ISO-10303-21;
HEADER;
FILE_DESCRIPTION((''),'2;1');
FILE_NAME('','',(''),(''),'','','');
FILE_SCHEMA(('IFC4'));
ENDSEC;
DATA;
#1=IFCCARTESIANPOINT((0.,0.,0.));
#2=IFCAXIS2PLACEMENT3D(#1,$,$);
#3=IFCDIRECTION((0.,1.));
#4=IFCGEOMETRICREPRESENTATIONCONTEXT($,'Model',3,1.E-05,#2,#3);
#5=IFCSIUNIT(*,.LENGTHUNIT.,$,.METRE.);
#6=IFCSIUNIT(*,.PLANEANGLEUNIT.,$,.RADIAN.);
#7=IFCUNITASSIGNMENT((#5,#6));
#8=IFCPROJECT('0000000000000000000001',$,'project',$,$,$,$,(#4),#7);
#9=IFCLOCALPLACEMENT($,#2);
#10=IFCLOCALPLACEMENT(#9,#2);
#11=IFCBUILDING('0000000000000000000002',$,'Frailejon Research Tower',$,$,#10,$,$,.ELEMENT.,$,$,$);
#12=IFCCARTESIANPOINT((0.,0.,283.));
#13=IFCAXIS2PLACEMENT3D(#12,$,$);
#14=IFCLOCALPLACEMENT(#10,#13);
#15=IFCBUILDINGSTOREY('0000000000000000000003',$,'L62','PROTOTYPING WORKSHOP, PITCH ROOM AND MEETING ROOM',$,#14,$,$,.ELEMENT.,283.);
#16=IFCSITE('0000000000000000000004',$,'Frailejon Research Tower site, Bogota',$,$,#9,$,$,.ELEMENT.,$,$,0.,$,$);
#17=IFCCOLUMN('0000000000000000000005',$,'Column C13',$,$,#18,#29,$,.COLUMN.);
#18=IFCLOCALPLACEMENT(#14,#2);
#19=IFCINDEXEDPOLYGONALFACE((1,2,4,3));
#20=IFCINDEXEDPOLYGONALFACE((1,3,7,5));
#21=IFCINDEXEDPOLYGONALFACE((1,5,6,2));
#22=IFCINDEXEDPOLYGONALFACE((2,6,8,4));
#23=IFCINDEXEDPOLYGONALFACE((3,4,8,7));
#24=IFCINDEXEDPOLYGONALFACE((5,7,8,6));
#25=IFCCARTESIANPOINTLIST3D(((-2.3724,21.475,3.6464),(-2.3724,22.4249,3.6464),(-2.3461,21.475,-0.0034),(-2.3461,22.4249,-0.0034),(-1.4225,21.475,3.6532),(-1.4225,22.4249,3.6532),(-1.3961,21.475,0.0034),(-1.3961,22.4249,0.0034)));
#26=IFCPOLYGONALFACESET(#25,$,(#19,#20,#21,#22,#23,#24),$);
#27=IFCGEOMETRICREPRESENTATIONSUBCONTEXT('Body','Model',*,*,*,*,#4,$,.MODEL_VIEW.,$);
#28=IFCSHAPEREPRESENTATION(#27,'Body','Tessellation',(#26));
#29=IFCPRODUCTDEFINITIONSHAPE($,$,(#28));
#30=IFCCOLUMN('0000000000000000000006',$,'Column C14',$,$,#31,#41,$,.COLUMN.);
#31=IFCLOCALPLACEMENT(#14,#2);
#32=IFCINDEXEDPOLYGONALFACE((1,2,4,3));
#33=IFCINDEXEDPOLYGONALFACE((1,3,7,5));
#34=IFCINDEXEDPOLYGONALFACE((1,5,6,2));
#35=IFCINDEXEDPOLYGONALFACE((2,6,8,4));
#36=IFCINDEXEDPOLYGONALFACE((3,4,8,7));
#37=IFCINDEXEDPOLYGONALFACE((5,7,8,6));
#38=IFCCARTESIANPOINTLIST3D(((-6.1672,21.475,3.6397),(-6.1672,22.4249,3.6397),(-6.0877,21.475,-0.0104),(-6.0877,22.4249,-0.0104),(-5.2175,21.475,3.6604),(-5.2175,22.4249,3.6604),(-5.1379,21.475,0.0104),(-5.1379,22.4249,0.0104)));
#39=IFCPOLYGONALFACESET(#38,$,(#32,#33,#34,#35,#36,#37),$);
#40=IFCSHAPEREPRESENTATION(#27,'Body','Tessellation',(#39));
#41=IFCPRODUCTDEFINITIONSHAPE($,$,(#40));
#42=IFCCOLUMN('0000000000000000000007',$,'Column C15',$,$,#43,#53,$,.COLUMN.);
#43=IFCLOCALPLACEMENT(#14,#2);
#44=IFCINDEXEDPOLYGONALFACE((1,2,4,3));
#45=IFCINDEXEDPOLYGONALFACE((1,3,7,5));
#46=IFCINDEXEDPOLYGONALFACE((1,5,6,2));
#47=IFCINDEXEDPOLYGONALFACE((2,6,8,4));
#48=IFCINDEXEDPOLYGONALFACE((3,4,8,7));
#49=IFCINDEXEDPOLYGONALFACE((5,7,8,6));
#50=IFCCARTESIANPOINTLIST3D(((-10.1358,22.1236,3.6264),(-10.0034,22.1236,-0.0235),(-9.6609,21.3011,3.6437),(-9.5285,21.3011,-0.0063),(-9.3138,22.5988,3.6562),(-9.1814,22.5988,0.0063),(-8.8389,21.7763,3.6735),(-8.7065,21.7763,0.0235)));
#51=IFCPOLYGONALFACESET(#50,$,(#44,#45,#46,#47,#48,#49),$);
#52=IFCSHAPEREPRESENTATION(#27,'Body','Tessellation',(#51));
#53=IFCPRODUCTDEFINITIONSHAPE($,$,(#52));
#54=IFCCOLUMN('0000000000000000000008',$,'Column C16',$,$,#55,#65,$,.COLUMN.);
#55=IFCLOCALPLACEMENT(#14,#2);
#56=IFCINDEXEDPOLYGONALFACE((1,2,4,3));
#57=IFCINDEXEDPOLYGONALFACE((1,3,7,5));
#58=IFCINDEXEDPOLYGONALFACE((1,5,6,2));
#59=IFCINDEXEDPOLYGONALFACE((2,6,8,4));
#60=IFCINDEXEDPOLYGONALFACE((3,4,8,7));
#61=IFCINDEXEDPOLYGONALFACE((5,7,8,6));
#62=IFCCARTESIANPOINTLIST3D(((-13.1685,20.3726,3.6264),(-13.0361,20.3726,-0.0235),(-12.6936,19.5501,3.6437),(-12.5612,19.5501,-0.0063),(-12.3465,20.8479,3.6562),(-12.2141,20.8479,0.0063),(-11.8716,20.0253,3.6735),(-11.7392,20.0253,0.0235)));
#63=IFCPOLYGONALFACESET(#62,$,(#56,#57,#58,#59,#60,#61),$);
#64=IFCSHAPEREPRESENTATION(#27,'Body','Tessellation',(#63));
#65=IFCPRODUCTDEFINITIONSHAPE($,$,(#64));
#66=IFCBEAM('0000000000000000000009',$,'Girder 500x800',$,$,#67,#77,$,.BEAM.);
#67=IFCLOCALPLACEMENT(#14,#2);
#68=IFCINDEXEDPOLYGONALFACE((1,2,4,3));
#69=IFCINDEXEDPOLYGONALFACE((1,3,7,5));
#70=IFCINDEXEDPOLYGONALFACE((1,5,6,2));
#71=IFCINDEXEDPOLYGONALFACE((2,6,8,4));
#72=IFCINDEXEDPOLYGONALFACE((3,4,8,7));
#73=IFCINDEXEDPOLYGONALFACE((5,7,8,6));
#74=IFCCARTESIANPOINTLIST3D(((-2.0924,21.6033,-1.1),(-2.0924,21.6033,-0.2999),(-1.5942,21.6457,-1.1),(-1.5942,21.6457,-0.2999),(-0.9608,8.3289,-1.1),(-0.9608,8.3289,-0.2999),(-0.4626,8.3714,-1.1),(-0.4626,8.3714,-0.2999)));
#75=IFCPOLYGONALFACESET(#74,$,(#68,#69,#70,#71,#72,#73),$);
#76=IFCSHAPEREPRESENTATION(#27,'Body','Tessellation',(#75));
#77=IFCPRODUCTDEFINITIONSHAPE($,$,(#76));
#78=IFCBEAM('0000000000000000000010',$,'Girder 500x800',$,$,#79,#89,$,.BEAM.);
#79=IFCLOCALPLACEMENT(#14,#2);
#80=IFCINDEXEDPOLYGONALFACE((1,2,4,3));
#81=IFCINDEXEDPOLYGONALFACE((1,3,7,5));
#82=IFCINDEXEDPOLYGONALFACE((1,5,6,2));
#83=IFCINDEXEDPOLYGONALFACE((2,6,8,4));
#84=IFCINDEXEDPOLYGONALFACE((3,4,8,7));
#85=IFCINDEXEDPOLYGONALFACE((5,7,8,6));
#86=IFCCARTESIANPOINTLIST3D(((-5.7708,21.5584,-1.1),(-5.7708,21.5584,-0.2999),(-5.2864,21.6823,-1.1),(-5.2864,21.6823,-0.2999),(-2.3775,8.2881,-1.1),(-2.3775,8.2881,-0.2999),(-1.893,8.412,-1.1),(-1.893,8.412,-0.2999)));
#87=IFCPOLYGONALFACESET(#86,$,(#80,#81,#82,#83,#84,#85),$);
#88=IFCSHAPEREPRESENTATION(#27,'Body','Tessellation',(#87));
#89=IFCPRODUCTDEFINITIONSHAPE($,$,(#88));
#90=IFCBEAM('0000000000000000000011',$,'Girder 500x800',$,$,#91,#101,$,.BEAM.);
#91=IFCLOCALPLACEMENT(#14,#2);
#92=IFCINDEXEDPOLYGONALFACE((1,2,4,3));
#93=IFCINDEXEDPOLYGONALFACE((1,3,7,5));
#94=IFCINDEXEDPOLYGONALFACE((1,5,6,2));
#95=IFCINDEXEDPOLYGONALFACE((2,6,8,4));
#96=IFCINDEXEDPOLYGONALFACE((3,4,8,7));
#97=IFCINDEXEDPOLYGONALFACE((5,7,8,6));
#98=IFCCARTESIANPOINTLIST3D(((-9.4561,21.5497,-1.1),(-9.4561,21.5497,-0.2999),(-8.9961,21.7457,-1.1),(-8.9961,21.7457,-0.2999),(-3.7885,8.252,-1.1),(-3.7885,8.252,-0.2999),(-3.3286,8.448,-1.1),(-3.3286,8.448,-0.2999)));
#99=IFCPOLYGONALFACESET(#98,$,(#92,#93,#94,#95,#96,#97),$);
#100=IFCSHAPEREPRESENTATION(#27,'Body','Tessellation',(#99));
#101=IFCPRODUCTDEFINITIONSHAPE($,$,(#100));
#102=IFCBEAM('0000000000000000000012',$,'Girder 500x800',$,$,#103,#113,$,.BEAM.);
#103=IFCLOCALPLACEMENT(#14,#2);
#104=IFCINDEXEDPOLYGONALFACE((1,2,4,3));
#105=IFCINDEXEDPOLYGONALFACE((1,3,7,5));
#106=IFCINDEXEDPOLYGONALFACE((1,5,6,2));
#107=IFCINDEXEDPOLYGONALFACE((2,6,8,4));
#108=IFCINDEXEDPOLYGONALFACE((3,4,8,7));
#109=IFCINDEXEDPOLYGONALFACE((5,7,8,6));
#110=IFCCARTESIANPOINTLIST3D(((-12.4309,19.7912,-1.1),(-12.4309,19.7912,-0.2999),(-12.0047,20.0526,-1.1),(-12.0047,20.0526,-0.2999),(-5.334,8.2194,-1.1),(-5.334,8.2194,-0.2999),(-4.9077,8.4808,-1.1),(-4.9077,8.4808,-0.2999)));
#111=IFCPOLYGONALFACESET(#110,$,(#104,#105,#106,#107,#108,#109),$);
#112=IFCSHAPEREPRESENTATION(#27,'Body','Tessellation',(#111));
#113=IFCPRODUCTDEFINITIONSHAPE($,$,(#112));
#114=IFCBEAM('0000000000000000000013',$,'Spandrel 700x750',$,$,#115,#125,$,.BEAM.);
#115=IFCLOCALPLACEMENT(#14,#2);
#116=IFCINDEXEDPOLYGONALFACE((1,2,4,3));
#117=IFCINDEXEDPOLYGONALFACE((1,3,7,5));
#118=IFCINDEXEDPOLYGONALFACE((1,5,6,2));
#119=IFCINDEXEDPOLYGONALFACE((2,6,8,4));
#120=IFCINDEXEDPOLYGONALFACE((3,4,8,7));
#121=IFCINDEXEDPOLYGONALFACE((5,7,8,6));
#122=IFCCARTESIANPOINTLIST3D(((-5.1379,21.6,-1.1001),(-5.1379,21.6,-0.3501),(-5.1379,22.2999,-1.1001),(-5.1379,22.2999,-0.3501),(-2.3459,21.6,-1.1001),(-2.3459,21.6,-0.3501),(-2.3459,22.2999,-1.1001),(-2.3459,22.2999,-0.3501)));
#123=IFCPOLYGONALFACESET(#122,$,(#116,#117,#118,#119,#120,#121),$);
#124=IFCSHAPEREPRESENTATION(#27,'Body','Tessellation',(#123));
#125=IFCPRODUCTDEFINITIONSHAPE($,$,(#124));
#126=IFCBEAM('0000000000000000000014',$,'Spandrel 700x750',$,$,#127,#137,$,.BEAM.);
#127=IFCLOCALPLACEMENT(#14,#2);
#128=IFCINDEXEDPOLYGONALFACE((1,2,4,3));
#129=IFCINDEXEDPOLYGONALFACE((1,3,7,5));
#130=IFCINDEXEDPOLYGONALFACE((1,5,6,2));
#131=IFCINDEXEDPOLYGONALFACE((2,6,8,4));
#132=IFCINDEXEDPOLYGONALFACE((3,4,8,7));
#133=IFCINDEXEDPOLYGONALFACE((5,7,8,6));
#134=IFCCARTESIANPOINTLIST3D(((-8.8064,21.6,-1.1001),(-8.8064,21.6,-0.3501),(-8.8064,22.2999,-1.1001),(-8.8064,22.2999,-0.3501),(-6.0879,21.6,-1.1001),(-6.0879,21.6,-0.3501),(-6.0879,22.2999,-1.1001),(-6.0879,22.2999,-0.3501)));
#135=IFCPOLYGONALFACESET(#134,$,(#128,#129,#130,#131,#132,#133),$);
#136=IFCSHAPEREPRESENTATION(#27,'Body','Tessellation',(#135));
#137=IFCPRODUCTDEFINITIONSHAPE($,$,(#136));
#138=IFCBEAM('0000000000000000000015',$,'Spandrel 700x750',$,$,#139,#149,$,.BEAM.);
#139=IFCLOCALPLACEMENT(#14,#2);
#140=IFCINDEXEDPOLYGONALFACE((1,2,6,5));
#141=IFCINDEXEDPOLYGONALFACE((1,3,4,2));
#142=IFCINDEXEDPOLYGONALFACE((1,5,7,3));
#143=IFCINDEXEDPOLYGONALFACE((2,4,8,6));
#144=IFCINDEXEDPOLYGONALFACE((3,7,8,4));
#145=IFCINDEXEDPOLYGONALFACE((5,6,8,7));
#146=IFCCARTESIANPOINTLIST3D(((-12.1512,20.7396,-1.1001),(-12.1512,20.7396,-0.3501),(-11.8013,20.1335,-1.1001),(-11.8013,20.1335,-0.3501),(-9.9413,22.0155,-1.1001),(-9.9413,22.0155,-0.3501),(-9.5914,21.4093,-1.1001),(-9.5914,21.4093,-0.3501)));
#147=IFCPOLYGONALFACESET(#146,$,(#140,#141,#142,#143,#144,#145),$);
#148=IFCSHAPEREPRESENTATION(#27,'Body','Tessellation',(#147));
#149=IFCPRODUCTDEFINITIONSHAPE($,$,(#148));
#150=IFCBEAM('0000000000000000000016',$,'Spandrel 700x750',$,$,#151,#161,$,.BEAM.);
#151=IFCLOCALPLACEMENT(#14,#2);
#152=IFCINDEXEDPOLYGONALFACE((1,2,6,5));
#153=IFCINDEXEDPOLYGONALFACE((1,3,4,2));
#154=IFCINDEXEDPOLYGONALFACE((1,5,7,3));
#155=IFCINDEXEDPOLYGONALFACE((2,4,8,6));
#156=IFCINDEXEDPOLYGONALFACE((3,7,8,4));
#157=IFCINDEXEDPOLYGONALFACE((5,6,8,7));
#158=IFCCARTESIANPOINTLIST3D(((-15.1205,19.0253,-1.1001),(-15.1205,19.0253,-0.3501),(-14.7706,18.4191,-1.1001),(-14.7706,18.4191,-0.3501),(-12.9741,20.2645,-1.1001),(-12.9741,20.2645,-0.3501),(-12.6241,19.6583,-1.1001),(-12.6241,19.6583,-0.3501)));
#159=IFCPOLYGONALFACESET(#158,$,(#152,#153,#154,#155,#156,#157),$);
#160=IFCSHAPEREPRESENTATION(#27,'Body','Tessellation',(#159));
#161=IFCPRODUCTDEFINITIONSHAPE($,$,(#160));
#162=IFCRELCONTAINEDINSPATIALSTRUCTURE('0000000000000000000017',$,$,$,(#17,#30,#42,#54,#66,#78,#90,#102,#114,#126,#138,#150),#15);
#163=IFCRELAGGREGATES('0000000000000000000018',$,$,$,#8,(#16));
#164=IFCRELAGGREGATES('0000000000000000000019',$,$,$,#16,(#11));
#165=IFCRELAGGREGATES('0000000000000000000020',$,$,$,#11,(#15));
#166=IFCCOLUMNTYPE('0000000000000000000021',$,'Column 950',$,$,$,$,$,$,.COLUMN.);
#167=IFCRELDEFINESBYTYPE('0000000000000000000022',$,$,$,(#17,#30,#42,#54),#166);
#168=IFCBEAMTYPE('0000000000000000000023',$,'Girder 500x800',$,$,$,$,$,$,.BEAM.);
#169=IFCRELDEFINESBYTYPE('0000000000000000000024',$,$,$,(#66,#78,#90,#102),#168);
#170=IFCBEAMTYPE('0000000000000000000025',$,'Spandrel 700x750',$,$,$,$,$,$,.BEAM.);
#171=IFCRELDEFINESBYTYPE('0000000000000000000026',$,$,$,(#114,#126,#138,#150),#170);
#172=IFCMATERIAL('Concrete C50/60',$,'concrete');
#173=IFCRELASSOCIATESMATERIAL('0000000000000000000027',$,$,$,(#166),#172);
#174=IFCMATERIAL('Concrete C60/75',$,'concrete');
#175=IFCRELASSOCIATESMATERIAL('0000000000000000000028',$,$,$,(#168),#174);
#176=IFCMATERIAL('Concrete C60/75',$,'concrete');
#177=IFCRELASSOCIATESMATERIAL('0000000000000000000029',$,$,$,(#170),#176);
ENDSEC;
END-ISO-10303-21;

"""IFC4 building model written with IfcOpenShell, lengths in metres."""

from ifc_helpers import new_model, si_unit, direction, frame, origin, origin_2d, place, context, subcontext, project, spatial, rectangle, extrude, material, material_profile, profile_set, type_object, element, save


model = new_model("IFC4")

# Units and contexts
model_context = context("Model", 3, precision=1e-05, world=origin(), true_north=direction((0.0, 1.0)))
body_context = subcontext(model_context, "Body", "Model", "MODEL_VIEW")
ifc_project = project(units=[si_unit("LENGTHUNIT", "METRE"), si_unit("PLANEANGLEUNIT", "RADIAN")], contexts=[model_context])

# Site, building, storey
site_placement = place(None, origin())
site = spatial("IfcSite", under=ifc_project, at=site_placement, Name="Frailejon Research Tower site, Bogota", CompositionType="ELEMENT", RefElevation=0.0)
building_placement = place(site_placement, origin())
building = spatial("IfcBuilding", under=site, at=building_placement, Name="Frailejon Research Tower", CompositionType="ELEMENT")
storey_placement = place(building_placement, frame((0.0, 0.0, 283.0)))
storey = spatial("IfcBuildingStorey", under=building, at=storey_placement, Name="L62", Description="PROTOTYPING WORKSHOP, PITCH ROOM AND MEETING ROOM", CompositionType="ELEMENT", Elevation=283.0)

# Columns
ifc_material_1 = material(Name="Concrete C50/60", Category="concrete")
ifc_material_profile_1 = material_profile(ifc_material_1, rectangle(XDim=0.95, YDim=0.95, at=origin_2d()), Name="Column 950")
ifc_profile_set_1 = profile_set([ifc_material_profile_1], Name="Concrete C50/60")
column_type = type_object("IfcColumnType", Name="Column 950", PredefinedType="COLUMN", material=ifc_profile_set_1)
column_1_placement = place(storey_placement, frame((-1.8711, 21.95, 0.0), z_axis=(-0.007224, 0.0, 0.999974), x_axis=(-0.999974, 0.0, -0.007224)))
element("IfcColumn", 1, at=column_1_placement, inside=storey, type_object=column_type, Name="Column C13", PredefinedType="COLUMN", context=body_context, shape_type="SweptSolid", body=[
    extrude(rectangle(XDim=0.95, YDim=0.95, at=origin_2d()), origin(), (0.0, 0.0, 1.0), 3.6499),
])
column_2_placement = place(storey_placement, frame((-5.6128, 21.95, 0.0), z_axis=(-0.021801, 0.0, 0.999762), x_axis=(-0.999762, 0.0, -0.021801)))
element("IfcColumn", 2, at=column_2_placement, inside=storey, type_object=column_type, Name="Column C14", PredefinedType="COLUMN", context=body_context, shape_type="SweptSolid", body=[
    extrude(rectangle(XDim=0.95, YDim=0.95, at=origin_2d()), origin(), (0.0, 0.0, 1.0), 3.6509),
])
for number, where, z_axis, x_axis, name in (
    (3, (-9.355, 21.95, 0.0), (-0.03623, 0.0, 0.999343), (-0.865315, -0.500246, -0.031371), "Column C15"),
    (4, (-12.3877, 20.199, 0.0), (-0.03623, 0.0, 0.999343), (-0.865315, -0.500246, -0.031371), "Column C16"),
):
    element("IfcColumn", number, at=place(storey_placement, frame(where, z_axis=z_axis, x_axis=x_axis)), inside=storey, type_object=column_type, Name=name, PredefinedType="COLUMN", context=body_context, shape_type="SweptSolid", body=[
        extrude(rectangle(XDim=0.95, YDim=0.95, at=origin_2d()), origin(), (0.0, 0.0, 1.0), 3.6523),
    ])

# Beams
ifc_material_2 = material(Name="Concrete C60/75", Category="concrete")
ifc_material_profile_2 = material_profile(ifc_material_2, rectangle(XDim=0.5, YDim=0.8, at=origin_2d()), Name="Girder 500x800")
ifc_profile_set_2 = profile_set([ifc_material_profile_2], Name="Concrete C60/75")
beam_type_1 = type_object("IfcBeamType", Name="Girder 500x800", PredefinedType="BEAM", material=ifc_profile_set_2)
beam_1_placement = place(storey_placement, frame((-1.8433, 21.6245, -0.7), z_axis=(0.084938, -0.996386, 0.0), x_axis=(0.996386, 0.084938, 0.0)))
element("IfcBeam", 5, at=beam_1_placement, inside=storey, type_object=beam_type_1, Name="Girder 500x800", PredefinedType="BEAM", context=body_context, shape_type="SweptSolid", body=[
    extrude(rectangle(XDim=0.5, YDim=0.8, at=origin_2d()), origin(), (0.0, 0.0, 1.0), 13.3225),
])
beam_2_placement = place(storey_placement, frame((-5.5286, 21.6204, -0.7), z_axis=(0.247737, -0.968827, 0.0), x_axis=(0.968827, 0.247737, 0.0)))
element("IfcBeam", 6, at=beam_2_placement, inside=storey, type_object=beam_type_1, Name="Girder 500x800", PredefinedType="BEAM", context=body_context, shape_type="SweptSolid", body=[
    extrude(rectangle(XDim=0.5, YDim=0.8, at=origin_2d()), origin(), (0.0, 0.0, 1.0), 13.6973),
])
beam_3_placement = place(storey_placement, frame((-9.2261, 21.6477, -0.7), z_axis=(0.392078, -0.919932, 0.0), x_axis=(0.919932, 0.392078, 0.0)))
element("IfcBeam", 7, at=beam_3_placement, inside=storey, type_object=beam_type_1, Name="Girder 500x800", PredefinedType="BEAM", context=body_context, shape_type="SweptSolid", body=[
    extrude(rectangle(XDim=0.5, YDim=0.8, at=origin_2d()), origin(), (0.0, 0.0, 1.0), 14.4551),
])
beam_4_placement = place(storey_placement, frame((-12.2178, 19.9219, -0.7), z_axis=(0.522805, -0.852452, 0.0), x_axis=(0.852452, 0.522805, 0.0)))
element("IfcBeam", 8, at=beam_4_placement, inside=storey, type_object=beam_type_1, Name="Girder 500x800", PredefinedType="BEAM", context=body_context, shape_type="SweptSolid", body=[
    extrude(rectangle(XDim=0.5, YDim=0.8, at=origin_2d()), origin(), (0.0, 0.0, 1.0), 13.5747),
])
ifc_material_3 = material(Name="Concrete C60/75", Category="concrete")
ifc_material_profile_3 = material_profile(ifc_material_3, rectangle(XDim=0.7, YDim=0.75, at=origin_2d()), Name="Spandrel 700x750")
ifc_profile_set_3 = profile_set([ifc_material_profile_3], Name="Concrete C60/75")
beam_type_2 = type_object("IfcBeamType", Name="Spandrel 700x750", PredefinedType="BEAM", material=ifc_profile_set_3)
beam_5_placement = place(storey_placement, frame((-2.3459, 21.95, -0.7251), z_axis=(-1.0, 0.0, 0.0), x_axis=(0.0, -1.0, 0.0)))
element("IfcBeam", 9, at=beam_5_placement, inside=storey, type_object=beam_type_2, Name="Spandrel 700x750", PredefinedType="BEAM", context=body_context, shape_type="SweptSolid", body=[
    extrude(rectangle(XDim=0.7, YDim=0.75, at=origin_2d()), origin(), (0.0, 0.0, 1.0), 2.792),
])
beam_6_placement = place(storey_placement, frame((-6.0879, 21.95, -0.7251), z_axis=(-1.0, 0.0, 0.0), x_axis=(0.0, -1.0, 0.0)))
element("IfcBeam", 10, at=beam_6_placement, inside=storey, type_object=beam_type_2, Name="Spandrel 700x750", PredefinedType="BEAM", context=body_context, shape_type="SweptSolid", body=[
    extrude(rectangle(XDim=0.7, YDim=0.75, at=origin_2d()), origin(), (0.0, 0.0, 1.0), 2.7185),
])
beam_7_placement = place(storey_placement, frame((-9.7664, 21.7124, -0.7251), z_axis=(-0.866033, -0.499987, 0.0), x_axis=(0.499987, -0.866033, 0.0)))
element("IfcBeam", 11, at=beam_7_placement, inside=storey, type_object=beam_type_2, Name="Spandrel 700x750", PredefinedType="BEAM", context=body_context, shape_type="SweptSolid", body=[
    extrude(rectangle(XDim=0.7, YDim=0.75, at=origin_2d()), origin(), (0.0, 0.0, 1.0), 2.5518),
])
beam_8_placement = place(storey_placement, frame((-12.7991, 19.9614, -0.7251), z_axis=(-0.866028, -0.499995, 0.0), x_axis=(0.499995, -0.866028, 0.0)))
element("IfcBeam", 12, at=beam_8_placement, inside=storey, type_object=beam_type_2, Name="Spandrel 700x750", PredefinedType="BEAM", context=body_context, shape_type="SweptSolid", body=[
    extrude(rectangle(XDim=0.7, YDim=0.75, at=origin_2d()), origin(), (0.0, 0.0, 1.0), 2.4785),
])

save(model, "model.ifc")
